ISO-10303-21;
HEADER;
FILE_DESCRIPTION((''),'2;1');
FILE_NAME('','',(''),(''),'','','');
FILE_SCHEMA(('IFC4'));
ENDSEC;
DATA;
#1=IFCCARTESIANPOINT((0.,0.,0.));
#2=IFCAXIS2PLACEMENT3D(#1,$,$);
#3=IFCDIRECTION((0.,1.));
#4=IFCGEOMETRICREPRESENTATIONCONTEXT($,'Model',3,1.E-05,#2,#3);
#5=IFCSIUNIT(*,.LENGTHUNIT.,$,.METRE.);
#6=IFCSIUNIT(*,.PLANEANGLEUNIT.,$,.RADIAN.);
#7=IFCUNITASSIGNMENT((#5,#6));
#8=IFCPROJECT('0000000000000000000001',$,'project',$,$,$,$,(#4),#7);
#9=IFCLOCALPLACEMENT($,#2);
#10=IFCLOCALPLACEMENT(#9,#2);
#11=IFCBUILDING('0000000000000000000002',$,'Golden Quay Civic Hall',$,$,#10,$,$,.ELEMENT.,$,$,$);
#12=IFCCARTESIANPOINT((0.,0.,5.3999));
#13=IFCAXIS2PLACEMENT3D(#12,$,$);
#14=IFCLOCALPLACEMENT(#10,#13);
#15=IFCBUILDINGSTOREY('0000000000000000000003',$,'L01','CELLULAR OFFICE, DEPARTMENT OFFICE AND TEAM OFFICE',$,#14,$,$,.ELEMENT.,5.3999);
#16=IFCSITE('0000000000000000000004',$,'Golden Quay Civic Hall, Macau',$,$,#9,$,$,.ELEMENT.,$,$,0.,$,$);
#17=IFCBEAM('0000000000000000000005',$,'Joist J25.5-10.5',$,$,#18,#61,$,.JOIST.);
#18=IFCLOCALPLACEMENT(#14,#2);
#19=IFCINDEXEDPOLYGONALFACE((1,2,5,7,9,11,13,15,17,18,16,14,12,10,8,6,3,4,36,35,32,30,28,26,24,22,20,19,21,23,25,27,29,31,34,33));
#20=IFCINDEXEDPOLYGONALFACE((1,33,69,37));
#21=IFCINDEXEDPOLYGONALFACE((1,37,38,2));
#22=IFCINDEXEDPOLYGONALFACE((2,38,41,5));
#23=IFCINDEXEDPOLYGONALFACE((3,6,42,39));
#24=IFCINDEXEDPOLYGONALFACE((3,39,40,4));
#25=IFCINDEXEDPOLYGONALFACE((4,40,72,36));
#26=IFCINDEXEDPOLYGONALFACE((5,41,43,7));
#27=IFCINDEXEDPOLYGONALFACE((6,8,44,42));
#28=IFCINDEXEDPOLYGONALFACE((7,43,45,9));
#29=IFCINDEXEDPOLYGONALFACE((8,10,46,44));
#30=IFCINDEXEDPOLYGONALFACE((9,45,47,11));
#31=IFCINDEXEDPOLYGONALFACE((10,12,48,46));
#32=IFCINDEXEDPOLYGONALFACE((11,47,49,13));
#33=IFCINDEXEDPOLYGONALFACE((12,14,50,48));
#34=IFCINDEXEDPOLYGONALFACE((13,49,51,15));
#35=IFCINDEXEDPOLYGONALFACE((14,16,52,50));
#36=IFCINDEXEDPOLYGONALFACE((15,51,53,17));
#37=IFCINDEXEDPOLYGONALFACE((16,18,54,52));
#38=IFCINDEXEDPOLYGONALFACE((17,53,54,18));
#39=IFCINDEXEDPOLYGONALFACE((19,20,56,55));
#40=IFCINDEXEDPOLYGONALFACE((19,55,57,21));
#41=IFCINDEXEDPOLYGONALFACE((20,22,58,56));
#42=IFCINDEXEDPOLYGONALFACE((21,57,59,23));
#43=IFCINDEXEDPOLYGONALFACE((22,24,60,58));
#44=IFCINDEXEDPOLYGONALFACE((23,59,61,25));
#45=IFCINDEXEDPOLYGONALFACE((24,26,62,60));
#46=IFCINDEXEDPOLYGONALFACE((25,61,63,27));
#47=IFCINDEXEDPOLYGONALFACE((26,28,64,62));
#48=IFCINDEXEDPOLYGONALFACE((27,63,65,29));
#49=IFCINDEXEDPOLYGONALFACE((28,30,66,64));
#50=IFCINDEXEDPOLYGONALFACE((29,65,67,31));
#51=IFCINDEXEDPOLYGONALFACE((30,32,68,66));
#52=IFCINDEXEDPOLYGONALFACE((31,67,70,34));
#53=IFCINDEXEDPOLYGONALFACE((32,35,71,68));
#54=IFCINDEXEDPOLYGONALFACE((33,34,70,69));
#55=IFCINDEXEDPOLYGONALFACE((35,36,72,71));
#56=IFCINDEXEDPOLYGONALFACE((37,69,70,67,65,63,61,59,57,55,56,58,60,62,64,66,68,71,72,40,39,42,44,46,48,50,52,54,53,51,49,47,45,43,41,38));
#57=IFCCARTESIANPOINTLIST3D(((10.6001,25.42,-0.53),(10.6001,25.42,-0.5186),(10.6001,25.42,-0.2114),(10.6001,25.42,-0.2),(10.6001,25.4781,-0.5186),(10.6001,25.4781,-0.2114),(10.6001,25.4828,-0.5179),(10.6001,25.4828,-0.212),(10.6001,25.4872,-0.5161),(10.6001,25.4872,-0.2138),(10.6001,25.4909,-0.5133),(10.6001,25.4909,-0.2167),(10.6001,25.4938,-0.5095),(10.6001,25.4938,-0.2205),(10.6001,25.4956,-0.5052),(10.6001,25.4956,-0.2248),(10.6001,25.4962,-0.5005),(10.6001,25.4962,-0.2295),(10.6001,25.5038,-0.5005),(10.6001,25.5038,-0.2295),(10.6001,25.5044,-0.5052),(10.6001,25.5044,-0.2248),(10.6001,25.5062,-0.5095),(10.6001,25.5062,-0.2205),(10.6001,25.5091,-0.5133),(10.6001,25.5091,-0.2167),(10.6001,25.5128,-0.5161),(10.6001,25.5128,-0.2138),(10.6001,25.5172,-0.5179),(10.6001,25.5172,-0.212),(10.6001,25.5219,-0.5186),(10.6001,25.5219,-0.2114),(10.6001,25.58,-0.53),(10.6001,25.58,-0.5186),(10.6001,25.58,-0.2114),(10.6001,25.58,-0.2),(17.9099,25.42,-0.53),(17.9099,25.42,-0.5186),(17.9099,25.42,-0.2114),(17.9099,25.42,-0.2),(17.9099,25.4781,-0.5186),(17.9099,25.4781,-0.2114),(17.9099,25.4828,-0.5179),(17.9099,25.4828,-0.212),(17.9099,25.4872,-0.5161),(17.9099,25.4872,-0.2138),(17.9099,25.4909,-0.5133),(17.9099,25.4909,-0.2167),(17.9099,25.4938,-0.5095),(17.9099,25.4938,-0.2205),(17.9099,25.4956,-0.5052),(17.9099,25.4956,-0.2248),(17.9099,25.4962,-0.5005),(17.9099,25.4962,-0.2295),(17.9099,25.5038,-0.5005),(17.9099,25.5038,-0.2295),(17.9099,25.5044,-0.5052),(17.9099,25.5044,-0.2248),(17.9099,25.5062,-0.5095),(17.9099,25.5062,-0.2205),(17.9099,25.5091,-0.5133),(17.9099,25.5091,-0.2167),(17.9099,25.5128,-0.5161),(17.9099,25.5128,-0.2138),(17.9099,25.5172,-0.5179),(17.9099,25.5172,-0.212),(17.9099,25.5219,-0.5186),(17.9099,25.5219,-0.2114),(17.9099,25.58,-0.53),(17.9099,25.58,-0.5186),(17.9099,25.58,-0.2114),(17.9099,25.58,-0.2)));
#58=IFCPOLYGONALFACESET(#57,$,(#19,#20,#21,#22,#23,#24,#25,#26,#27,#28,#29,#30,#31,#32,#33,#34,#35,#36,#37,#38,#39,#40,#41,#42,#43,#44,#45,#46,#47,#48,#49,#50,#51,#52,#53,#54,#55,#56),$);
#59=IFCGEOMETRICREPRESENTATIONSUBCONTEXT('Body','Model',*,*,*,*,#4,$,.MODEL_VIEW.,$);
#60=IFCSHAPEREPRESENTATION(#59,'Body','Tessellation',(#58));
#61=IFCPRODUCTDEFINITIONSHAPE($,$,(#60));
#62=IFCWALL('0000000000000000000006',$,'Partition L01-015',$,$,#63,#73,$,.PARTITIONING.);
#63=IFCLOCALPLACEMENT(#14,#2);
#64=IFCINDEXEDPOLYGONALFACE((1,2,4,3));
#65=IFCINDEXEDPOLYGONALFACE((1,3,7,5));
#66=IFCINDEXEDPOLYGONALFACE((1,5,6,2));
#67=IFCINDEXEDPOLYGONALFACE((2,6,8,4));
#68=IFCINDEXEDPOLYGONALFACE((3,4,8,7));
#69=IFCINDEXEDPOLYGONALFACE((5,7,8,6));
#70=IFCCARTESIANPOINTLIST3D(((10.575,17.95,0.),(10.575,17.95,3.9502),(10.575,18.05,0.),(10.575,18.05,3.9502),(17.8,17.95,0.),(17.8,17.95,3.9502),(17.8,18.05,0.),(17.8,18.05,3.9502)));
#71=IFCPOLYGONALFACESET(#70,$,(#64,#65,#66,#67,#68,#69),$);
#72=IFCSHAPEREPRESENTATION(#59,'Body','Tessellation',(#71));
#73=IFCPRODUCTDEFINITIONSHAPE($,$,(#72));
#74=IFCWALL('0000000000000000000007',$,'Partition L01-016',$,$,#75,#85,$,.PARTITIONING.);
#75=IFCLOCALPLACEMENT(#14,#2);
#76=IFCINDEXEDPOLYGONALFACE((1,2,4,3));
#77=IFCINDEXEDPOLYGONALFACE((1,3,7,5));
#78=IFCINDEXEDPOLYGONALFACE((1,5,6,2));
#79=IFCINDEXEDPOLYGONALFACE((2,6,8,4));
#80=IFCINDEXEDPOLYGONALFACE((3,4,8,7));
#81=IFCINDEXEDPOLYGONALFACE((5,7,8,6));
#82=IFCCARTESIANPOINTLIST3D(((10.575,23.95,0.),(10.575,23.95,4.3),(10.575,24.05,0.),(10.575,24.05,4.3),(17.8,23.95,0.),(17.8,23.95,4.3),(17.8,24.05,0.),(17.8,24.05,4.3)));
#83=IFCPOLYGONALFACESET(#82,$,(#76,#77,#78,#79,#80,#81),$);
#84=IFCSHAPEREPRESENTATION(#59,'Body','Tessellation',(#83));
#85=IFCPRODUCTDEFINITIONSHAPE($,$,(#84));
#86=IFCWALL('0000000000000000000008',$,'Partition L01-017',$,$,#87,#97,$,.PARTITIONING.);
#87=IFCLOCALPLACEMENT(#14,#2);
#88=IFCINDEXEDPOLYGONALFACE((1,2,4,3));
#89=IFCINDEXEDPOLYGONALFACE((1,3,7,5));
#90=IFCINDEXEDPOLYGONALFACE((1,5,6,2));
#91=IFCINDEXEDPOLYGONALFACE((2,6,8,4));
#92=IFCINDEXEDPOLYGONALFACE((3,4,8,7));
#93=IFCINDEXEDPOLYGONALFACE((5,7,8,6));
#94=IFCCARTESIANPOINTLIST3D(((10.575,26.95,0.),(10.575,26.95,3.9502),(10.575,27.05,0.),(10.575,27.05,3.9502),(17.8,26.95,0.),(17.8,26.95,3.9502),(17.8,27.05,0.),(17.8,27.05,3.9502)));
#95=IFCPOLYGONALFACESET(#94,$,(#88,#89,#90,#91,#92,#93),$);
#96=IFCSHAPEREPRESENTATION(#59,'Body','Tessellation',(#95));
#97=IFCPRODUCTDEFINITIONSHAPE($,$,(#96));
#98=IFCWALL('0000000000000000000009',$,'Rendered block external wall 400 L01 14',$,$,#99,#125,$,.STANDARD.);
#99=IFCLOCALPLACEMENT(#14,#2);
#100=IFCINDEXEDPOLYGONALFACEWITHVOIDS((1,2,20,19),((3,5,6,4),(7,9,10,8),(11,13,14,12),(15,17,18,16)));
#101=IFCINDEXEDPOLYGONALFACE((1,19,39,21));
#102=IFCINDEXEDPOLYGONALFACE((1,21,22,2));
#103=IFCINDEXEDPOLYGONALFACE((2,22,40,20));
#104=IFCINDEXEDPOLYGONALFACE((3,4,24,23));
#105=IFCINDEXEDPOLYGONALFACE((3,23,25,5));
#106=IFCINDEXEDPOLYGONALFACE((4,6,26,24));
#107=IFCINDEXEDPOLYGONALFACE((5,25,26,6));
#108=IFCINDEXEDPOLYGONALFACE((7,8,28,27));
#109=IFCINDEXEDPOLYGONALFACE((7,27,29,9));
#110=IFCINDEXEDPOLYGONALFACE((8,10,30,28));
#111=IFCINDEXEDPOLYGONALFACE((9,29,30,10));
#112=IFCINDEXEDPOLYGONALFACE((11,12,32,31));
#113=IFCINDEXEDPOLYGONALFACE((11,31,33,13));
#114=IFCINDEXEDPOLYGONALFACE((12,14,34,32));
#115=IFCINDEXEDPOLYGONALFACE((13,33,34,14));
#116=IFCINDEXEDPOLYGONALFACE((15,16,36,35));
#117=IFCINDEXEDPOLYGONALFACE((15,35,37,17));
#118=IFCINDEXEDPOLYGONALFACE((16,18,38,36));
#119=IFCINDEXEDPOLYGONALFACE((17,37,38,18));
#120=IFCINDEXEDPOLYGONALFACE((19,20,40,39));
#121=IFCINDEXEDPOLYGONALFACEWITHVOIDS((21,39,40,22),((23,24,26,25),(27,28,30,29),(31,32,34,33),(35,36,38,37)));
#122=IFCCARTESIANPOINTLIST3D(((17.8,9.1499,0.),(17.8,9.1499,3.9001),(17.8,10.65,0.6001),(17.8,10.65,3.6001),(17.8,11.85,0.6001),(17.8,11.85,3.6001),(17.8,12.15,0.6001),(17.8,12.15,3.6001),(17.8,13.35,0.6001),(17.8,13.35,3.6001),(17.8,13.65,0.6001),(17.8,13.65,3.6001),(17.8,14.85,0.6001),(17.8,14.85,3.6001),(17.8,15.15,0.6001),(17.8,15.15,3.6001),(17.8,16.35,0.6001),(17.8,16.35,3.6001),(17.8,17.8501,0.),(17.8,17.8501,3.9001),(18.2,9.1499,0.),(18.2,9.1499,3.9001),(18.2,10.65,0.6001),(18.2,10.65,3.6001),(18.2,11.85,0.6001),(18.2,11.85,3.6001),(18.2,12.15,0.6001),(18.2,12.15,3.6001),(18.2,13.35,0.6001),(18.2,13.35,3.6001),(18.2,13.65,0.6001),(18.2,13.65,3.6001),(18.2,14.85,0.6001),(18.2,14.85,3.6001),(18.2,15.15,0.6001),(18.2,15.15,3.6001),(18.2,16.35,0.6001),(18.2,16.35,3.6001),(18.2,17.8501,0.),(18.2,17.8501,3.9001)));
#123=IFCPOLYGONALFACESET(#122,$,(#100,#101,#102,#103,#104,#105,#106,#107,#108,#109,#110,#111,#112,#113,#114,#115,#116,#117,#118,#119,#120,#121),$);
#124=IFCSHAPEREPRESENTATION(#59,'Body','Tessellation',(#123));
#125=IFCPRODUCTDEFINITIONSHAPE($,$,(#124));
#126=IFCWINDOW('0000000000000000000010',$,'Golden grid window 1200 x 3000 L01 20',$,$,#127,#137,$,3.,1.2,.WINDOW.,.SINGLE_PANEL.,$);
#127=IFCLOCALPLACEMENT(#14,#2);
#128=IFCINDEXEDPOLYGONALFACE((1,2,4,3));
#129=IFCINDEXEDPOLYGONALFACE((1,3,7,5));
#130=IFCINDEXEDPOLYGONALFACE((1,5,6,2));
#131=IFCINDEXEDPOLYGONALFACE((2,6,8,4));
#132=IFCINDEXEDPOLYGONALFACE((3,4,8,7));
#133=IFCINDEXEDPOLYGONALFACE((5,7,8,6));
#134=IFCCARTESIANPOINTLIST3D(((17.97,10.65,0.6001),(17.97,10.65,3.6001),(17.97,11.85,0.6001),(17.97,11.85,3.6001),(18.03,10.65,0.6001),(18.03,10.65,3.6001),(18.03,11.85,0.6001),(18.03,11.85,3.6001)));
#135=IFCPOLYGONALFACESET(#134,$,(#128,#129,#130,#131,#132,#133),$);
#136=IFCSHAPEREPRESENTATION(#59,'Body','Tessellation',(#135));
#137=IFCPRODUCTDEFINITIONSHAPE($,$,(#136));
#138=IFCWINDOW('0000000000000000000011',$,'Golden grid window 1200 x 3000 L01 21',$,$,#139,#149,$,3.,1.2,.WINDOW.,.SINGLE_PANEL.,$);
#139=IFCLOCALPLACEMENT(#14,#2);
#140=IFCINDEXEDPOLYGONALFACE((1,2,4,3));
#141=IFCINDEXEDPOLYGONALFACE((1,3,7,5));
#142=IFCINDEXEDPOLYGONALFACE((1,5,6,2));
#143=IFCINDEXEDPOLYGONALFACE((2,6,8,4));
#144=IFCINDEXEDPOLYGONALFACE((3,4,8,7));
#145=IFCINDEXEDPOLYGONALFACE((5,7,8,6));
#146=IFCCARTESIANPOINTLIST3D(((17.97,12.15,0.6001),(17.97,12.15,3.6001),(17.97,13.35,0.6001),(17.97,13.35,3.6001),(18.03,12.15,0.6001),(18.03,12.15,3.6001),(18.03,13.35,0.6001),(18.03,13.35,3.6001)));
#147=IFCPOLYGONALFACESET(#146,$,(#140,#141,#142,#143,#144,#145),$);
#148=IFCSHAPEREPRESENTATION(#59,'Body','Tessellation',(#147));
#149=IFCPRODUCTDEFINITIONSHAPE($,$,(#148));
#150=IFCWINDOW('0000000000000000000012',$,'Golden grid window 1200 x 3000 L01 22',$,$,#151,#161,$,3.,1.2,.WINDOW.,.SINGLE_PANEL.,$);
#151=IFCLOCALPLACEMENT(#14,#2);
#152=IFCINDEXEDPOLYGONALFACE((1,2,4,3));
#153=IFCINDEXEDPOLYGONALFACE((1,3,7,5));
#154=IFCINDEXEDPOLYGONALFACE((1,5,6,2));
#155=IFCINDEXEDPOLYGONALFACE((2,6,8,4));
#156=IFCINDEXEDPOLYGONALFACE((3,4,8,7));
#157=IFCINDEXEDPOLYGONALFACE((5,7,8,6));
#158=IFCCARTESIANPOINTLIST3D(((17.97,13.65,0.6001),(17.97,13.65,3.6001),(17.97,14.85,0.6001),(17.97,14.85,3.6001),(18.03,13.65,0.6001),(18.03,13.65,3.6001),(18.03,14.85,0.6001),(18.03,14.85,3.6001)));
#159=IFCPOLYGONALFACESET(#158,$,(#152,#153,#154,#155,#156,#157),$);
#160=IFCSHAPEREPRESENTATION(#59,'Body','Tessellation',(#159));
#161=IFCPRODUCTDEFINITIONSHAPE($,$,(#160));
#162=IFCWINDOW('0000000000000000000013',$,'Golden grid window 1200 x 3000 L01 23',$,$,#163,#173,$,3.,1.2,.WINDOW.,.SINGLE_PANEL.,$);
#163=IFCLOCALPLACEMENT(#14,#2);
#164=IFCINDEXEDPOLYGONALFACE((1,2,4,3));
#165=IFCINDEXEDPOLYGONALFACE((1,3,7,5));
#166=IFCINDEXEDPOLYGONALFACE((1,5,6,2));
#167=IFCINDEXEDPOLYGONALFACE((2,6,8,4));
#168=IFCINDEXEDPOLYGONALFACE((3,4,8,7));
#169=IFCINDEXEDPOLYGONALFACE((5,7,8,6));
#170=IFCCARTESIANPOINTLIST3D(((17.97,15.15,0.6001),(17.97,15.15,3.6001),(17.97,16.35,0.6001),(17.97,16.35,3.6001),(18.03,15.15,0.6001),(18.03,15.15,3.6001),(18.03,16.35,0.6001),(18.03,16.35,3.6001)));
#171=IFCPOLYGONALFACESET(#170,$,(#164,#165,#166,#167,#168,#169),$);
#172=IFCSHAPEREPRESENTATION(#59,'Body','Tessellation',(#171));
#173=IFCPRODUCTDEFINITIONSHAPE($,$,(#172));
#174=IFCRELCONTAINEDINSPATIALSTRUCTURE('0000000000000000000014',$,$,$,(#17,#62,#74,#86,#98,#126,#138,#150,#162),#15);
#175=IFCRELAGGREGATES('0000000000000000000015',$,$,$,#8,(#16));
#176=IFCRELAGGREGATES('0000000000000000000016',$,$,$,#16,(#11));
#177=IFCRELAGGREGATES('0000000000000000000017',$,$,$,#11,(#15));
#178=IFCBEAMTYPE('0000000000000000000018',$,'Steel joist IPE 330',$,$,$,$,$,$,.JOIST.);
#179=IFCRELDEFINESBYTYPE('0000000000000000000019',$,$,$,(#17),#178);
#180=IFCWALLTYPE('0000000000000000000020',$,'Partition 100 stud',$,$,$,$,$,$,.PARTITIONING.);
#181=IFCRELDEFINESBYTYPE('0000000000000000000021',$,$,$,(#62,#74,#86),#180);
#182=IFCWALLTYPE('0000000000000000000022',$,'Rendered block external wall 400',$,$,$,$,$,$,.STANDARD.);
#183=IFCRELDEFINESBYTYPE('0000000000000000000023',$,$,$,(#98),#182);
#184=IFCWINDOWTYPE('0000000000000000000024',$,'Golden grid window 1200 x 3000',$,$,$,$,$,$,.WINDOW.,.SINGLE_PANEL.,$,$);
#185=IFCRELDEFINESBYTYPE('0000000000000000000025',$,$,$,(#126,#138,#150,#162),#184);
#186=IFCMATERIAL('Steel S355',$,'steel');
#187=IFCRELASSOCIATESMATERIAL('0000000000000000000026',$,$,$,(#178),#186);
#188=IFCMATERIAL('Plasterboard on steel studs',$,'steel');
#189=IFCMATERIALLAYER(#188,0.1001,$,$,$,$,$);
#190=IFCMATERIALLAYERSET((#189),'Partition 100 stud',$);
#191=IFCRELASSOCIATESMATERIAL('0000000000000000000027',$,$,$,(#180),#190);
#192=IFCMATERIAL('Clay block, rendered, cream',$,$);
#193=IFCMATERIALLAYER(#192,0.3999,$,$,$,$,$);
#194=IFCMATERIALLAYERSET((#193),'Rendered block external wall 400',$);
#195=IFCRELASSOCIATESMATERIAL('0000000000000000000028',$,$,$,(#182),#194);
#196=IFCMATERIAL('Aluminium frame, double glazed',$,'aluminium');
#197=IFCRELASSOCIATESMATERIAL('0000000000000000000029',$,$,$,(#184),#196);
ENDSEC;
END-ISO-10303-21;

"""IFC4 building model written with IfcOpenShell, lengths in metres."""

from ifc_helpers import new_model, si_unit, direction, frame, frame_2d, origin, origin_2d, place, context, subcontext, project, spatial, rectangle, i_section, extrude, material, layer, layer_set, material_profile, profile_set, type_object, element, fill, save


model = new_model("IFC4")

# Units and contexts
model_context = context("Model", 3, precision=1e-05, world=origin(), true_north=direction((0.0, 1.0)))
body_context = subcontext(model_context, "Body", "Model", "MODEL_VIEW")
ifc_project = project(units=[si_unit("LENGTHUNIT", "METRE"), si_unit("PLANEANGLEUNIT", "RADIAN")], contexts=[model_context])

# Site, building, storey
site_placement = place(None, origin())
site = spatial("IfcSite", under=ifc_project, at=site_placement, Name="Golden Quay Civic Hall, Macau", CompositionType="ELEMENT", RefElevation=0.0)
building_placement = place(site_placement, origin())
building = spatial("IfcBuilding", under=site, at=building_placement, Name="Golden Quay Civic Hall", CompositionType="ELEMENT")
storey_placement = place(building_placement, frame((0.0, 0.0, 5.3999)))
storey = spatial("IfcBuildingStorey", under=building, at=storey_placement, Name="L01", Description="CELLULAR OFFICE, DEPARTMENT OFFICE AND TEAM OFFICE", CompositionType="ELEMENT", Elevation=5.3999)

# Beam
ifc_material_1 = material(Name="Steel S355", Category="steel")
ifc_material_profile_1 = material_profile(ifc_material_1, i_section(OverallWidth=0.1599, OverallDepth=0.3301, WebThickness=0.0076, FlangeThickness=0.0115, FilletRadius=0.0181, at=origin_2d()), Name="IPE 330")
ifc_profile_set_1 = profile_set([ifc_material_profile_1], Name="Steel S355")
beam_type_1 = type_object("IfcBeamType", Name="Steel joist IPE 330", PredefinedType="JOIST", material=ifc_profile_set_1)
for number, where, z_axis, x_axis, name in (
    (1, (10.6001, 25.5, -0.365), (1.0, 0.0, 0.0), (0.0, 1.0, 0.0), "Joist J25.5-10.5"),
):
    element("IfcBeam", number, at=place(storey_placement, frame(where, z_axis=z_axis, x_axis=x_axis)), inside=storey, type_object=beam_type_1, Name=name, PredefinedType="JOIST", context=body_context, shape_type="SweptSolid", body=[
        extrude(i_section(OverallWidth=0.1599, OverallDepth=0.3301, WebThickness=0.0076, FlangeThickness=0.0115, FilletRadius=0.0181, at=origin_2d()), origin(), (0.0, 0.0, 1.0), 7.3098),
    ])

# Walls
ifc_material_2 = material(Name="Plasterboard on steel studs", Category="steel")
ifc_layer_1 = layer(ifc_material_2, 0.1001)
ifc_layer_set_1 = layer_set([ifc_layer_1], Name="Partition 100 stud")
wall_type_1 = type_object("IfcWallType", Name="Partition 100 stud", PredefinedType="PARTITIONING", material=ifc_layer_set_1)
wall_1_placement = place(storey_placement, frame((10.575, 18.0, 0.0), z_axis=(0.0, 0.0, 1.0), x_axis=(1.0, 0.0, 0.0)))
element("IfcWall", 2, at=wall_1_placement, inside=storey, type_object=wall_type_1, Name="Partition L01-015", PredefinedType="PARTITIONING", context=body_context, shape_type="SweptSolid", body=[
    extrude(rectangle(XDim=7.2251, YDim=0.1001, at=frame_2d((3.6125, 0.0))), origin(), (0.0, 0.0, 1.0), 3.9502),
])
wall_2_placement = place(storey_placement, frame((10.575, 24.0, 0.0), z_axis=(0.0, 0.0, 1.0), x_axis=(1.0, 0.0, 0.0)))
element("IfcWall", 3, at=wall_2_placement, inside=storey, type_object=wall_type_1, Name="Partition L01-016", PredefinedType="PARTITIONING", context=body_context, shape_type="SweptSolid", body=[
    extrude(rectangle(XDim=7.2251, YDim=0.1001, at=frame_2d((3.6125, 0.0))), origin(), (0.0, 0.0, 1.0), 4.3),
])
wall_3_placement = place(storey_placement, frame((10.575, 27.0, 0.0), z_axis=(0.0, 0.0, 1.0), x_axis=(1.0, 0.0, 0.0)))
element("IfcWall", 4, at=wall_3_placement, inside=storey, type_object=wall_type_1, Name="Partition L01-017", PredefinedType="PARTITIONING", context=body_context, shape_type="SweptSolid", body=[
    extrude(rectangle(XDim=7.2251, YDim=0.1001, at=frame_2d((3.6125, 0.0))), origin(), (0.0, 0.0, 1.0), 3.9502),
])

# Wall, openings, windows
ifc_material_3 = material(Name="Clay block, rendered, cream")
ifc_layer_2 = layer(ifc_material_3, 0.3999)
ifc_layer_set_2 = layer_set([ifc_layer_2], Name="Rendered block external wall 400")
wall_type_2 = type_object("IfcWallType", Name="Rendered block external wall 400", PredefinedType="STANDARD", material=ifc_layer_set_2)
wall_4_placement = place(storey_placement, frame((18.0, 17.8501, 0.0), z_axis=(0.0, 0.0, 1.0), x_axis=(0.0, -1.0, 0.0)))
wall_4 = element("IfcWall", 5, at=wall_4_placement, inside=storey, type_object=wall_type_2, Name="Rendered block external wall 400 L01 14", PredefinedType="STANDARD", context=body_context, shape_type="SweptSolid", body=[
    extrude(rectangle(XDim=8.7002, YDim=0.3999, at=frame_2d((4.3501, 0.0))), origin(), (0.0, 0.0, 1.0), 3.9001),
])
opening_1_placement = place(wall_4_placement, frame((6.0, 0.0, 0.6001)))
opening_1 = element("IfcOpeningElement", 6, at=opening_1_placement, cuts=wall_4, PredefinedType="OPENING", context=body_context, shape_type="SweptSolid", body=[
    extrude(rectangle(XDim=1.2, YDim=3.0, at=frame_2d((0.6001, 1.5))), frame((0.0, 0.21, 0.0), z_axis=(0.0, -1.0, 0.0), x_axis=(1.0, 0.0, 0.0)), (0.0, 0.0, 1.0), 0.4199),
])
opening_2_placement = place(wall_4_placement, frame((4.5, 0.0, 0.6001)))
opening_2 = element("IfcOpeningElement", 7, at=opening_2_placement, cuts=wall_4, PredefinedType="OPENING", context=body_context, shape_type="SweptSolid", body=[
    extrude(rectangle(XDim=1.2, YDim=3.0, at=frame_2d((0.6001, 1.5))), frame((0.0, 0.21, 0.0), z_axis=(0.0, -1.0, 0.0), x_axis=(1.0, 0.0, 0.0)), (0.0, 0.0, 1.0), 0.4199),
])
opening_3_placement = place(wall_4_placement, frame((3.0, 0.0, 0.6001)))
opening_3 = element("IfcOpeningElement", 8, at=opening_3_placement, cuts=wall_4, PredefinedType="OPENING", context=body_context, shape_type="SweptSolid", body=[
    extrude(rectangle(XDim=1.2, YDim=3.0, at=frame_2d((0.6001, 1.5))), frame((0.0, 0.21, 0.0), z_axis=(0.0, -1.0, 0.0), x_axis=(1.0, 0.0, 0.0)), (0.0, 0.0, 1.0), 0.4199),
])
opening_4_placement = place(wall_4_placement, frame((1.5, 0.0, 0.6001)))
opening_4 = element("IfcOpeningElement", 9, at=opening_4_placement, cuts=wall_4, PredefinedType="OPENING", context=body_context, shape_type="SweptSolid", body=[
    extrude(rectangle(XDim=1.2, YDim=3.0, at=frame_2d((0.6001, 1.5))), frame((0.0, 0.21, 0.0), z_axis=(0.0, -1.0, 0.0), x_axis=(1.0, 0.0, 0.0)), (0.0, 0.0, 1.0), 0.4199),
])
ifc_material_4 = material(Name="Aluminium frame, double glazed", Category="aluminium")
window_type = type_object("IfcWindowType", Name="Golden grid window 1200 x 3000", PartitioningType="SINGLE_PANEL", PredefinedType="WINDOW", material=ifc_material_4)
window_1_placement = place(opening_1_placement, origin())
window_1 = element("IfcWindow", 10, at=window_1_placement, inside=storey, type_object=window_type, Name="Golden grid window 1200 x 3000 L01 20", OverallHeight=3.0, OverallWidth=1.2, PartitioningType="SINGLE_PANEL", PredefinedType="WINDOW", context=body_context, shape_type="SweptSolid", body=[
    extrude(rectangle(XDim=1.2, YDim=3.0, at=frame_2d((0.6001, 1.5))), frame((0.0, 0.03, 0.0), z_axis=(0.0, -1.0, 0.0), x_axis=(1.0, 0.0, 0.0)), (0.0, 0.0, 1.0), 0.0601),
])
fill(opening_1, window_1)
window_2_placement = place(opening_2_placement, origin())
window_2 = element("IfcWindow", 11, at=window_2_placement, inside=storey, type_object=window_type, Name="Golden grid window 1200 x 3000 L01 21", OverallHeight=3.0, OverallWidth=1.2, PartitioningType="SINGLE_PANEL", PredefinedType="WINDOW", context=body_context, shape_type="SweptSolid", body=[
    extrude(rectangle(XDim=1.2, YDim=3.0, at=frame_2d((0.6001, 1.5))), frame((0.0, 0.03, 0.0), z_axis=(0.0, -1.0, 0.0), x_axis=(1.0, 0.0, 0.0)), (0.0, 0.0, 1.0), 0.0601),
])
fill(opening_2, window_2)
window_3_placement = place(opening_3_placement, origin())
window_3 = element("IfcWindow", 12, at=window_3_placement, inside=storey, type_object=window_type, Name="Golden grid window 1200 x 3000 L01 22", OverallHeight=3.0, OverallWidth=1.2, PartitioningType="SINGLE_PANEL", PredefinedType="WINDOW", context=body_context, shape_type="SweptSolid", body=[
    extrude(rectangle(XDim=1.2, YDim=3.0, at=frame_2d((0.6001, 1.5))), frame((0.0, 0.03, 0.0), z_axis=(0.0, -1.0, 0.0), x_axis=(1.0, 0.0, 0.0)), (0.0, 0.0, 1.0), 0.0601),
])
fill(opening_3, window_3)
window_4_placement = place(opening_4_placement, origin())
window_4 = element("IfcWindow", 13, at=window_4_placement, inside=storey, type_object=window_type, Name="Golden grid window 1200 x 3000 L01 23", OverallHeight=3.0, OverallWidth=1.2, PartitioningType="SINGLE_PANEL", PredefinedType="WINDOW", context=body_context, shape_type="SweptSolid", body=[
    extrude(rectangle(XDim=1.2, YDim=3.0, at=frame_2d((0.6001, 1.5))), frame((0.0, 0.03, 0.0), z_axis=(0.0, -1.0, 0.0), x_axis=(1.0, 0.0, 0.0)), (0.0, 0.0, 1.0), 0.0601),
])
fill(opening_4, window_4)

save(model, "model.ifc")
